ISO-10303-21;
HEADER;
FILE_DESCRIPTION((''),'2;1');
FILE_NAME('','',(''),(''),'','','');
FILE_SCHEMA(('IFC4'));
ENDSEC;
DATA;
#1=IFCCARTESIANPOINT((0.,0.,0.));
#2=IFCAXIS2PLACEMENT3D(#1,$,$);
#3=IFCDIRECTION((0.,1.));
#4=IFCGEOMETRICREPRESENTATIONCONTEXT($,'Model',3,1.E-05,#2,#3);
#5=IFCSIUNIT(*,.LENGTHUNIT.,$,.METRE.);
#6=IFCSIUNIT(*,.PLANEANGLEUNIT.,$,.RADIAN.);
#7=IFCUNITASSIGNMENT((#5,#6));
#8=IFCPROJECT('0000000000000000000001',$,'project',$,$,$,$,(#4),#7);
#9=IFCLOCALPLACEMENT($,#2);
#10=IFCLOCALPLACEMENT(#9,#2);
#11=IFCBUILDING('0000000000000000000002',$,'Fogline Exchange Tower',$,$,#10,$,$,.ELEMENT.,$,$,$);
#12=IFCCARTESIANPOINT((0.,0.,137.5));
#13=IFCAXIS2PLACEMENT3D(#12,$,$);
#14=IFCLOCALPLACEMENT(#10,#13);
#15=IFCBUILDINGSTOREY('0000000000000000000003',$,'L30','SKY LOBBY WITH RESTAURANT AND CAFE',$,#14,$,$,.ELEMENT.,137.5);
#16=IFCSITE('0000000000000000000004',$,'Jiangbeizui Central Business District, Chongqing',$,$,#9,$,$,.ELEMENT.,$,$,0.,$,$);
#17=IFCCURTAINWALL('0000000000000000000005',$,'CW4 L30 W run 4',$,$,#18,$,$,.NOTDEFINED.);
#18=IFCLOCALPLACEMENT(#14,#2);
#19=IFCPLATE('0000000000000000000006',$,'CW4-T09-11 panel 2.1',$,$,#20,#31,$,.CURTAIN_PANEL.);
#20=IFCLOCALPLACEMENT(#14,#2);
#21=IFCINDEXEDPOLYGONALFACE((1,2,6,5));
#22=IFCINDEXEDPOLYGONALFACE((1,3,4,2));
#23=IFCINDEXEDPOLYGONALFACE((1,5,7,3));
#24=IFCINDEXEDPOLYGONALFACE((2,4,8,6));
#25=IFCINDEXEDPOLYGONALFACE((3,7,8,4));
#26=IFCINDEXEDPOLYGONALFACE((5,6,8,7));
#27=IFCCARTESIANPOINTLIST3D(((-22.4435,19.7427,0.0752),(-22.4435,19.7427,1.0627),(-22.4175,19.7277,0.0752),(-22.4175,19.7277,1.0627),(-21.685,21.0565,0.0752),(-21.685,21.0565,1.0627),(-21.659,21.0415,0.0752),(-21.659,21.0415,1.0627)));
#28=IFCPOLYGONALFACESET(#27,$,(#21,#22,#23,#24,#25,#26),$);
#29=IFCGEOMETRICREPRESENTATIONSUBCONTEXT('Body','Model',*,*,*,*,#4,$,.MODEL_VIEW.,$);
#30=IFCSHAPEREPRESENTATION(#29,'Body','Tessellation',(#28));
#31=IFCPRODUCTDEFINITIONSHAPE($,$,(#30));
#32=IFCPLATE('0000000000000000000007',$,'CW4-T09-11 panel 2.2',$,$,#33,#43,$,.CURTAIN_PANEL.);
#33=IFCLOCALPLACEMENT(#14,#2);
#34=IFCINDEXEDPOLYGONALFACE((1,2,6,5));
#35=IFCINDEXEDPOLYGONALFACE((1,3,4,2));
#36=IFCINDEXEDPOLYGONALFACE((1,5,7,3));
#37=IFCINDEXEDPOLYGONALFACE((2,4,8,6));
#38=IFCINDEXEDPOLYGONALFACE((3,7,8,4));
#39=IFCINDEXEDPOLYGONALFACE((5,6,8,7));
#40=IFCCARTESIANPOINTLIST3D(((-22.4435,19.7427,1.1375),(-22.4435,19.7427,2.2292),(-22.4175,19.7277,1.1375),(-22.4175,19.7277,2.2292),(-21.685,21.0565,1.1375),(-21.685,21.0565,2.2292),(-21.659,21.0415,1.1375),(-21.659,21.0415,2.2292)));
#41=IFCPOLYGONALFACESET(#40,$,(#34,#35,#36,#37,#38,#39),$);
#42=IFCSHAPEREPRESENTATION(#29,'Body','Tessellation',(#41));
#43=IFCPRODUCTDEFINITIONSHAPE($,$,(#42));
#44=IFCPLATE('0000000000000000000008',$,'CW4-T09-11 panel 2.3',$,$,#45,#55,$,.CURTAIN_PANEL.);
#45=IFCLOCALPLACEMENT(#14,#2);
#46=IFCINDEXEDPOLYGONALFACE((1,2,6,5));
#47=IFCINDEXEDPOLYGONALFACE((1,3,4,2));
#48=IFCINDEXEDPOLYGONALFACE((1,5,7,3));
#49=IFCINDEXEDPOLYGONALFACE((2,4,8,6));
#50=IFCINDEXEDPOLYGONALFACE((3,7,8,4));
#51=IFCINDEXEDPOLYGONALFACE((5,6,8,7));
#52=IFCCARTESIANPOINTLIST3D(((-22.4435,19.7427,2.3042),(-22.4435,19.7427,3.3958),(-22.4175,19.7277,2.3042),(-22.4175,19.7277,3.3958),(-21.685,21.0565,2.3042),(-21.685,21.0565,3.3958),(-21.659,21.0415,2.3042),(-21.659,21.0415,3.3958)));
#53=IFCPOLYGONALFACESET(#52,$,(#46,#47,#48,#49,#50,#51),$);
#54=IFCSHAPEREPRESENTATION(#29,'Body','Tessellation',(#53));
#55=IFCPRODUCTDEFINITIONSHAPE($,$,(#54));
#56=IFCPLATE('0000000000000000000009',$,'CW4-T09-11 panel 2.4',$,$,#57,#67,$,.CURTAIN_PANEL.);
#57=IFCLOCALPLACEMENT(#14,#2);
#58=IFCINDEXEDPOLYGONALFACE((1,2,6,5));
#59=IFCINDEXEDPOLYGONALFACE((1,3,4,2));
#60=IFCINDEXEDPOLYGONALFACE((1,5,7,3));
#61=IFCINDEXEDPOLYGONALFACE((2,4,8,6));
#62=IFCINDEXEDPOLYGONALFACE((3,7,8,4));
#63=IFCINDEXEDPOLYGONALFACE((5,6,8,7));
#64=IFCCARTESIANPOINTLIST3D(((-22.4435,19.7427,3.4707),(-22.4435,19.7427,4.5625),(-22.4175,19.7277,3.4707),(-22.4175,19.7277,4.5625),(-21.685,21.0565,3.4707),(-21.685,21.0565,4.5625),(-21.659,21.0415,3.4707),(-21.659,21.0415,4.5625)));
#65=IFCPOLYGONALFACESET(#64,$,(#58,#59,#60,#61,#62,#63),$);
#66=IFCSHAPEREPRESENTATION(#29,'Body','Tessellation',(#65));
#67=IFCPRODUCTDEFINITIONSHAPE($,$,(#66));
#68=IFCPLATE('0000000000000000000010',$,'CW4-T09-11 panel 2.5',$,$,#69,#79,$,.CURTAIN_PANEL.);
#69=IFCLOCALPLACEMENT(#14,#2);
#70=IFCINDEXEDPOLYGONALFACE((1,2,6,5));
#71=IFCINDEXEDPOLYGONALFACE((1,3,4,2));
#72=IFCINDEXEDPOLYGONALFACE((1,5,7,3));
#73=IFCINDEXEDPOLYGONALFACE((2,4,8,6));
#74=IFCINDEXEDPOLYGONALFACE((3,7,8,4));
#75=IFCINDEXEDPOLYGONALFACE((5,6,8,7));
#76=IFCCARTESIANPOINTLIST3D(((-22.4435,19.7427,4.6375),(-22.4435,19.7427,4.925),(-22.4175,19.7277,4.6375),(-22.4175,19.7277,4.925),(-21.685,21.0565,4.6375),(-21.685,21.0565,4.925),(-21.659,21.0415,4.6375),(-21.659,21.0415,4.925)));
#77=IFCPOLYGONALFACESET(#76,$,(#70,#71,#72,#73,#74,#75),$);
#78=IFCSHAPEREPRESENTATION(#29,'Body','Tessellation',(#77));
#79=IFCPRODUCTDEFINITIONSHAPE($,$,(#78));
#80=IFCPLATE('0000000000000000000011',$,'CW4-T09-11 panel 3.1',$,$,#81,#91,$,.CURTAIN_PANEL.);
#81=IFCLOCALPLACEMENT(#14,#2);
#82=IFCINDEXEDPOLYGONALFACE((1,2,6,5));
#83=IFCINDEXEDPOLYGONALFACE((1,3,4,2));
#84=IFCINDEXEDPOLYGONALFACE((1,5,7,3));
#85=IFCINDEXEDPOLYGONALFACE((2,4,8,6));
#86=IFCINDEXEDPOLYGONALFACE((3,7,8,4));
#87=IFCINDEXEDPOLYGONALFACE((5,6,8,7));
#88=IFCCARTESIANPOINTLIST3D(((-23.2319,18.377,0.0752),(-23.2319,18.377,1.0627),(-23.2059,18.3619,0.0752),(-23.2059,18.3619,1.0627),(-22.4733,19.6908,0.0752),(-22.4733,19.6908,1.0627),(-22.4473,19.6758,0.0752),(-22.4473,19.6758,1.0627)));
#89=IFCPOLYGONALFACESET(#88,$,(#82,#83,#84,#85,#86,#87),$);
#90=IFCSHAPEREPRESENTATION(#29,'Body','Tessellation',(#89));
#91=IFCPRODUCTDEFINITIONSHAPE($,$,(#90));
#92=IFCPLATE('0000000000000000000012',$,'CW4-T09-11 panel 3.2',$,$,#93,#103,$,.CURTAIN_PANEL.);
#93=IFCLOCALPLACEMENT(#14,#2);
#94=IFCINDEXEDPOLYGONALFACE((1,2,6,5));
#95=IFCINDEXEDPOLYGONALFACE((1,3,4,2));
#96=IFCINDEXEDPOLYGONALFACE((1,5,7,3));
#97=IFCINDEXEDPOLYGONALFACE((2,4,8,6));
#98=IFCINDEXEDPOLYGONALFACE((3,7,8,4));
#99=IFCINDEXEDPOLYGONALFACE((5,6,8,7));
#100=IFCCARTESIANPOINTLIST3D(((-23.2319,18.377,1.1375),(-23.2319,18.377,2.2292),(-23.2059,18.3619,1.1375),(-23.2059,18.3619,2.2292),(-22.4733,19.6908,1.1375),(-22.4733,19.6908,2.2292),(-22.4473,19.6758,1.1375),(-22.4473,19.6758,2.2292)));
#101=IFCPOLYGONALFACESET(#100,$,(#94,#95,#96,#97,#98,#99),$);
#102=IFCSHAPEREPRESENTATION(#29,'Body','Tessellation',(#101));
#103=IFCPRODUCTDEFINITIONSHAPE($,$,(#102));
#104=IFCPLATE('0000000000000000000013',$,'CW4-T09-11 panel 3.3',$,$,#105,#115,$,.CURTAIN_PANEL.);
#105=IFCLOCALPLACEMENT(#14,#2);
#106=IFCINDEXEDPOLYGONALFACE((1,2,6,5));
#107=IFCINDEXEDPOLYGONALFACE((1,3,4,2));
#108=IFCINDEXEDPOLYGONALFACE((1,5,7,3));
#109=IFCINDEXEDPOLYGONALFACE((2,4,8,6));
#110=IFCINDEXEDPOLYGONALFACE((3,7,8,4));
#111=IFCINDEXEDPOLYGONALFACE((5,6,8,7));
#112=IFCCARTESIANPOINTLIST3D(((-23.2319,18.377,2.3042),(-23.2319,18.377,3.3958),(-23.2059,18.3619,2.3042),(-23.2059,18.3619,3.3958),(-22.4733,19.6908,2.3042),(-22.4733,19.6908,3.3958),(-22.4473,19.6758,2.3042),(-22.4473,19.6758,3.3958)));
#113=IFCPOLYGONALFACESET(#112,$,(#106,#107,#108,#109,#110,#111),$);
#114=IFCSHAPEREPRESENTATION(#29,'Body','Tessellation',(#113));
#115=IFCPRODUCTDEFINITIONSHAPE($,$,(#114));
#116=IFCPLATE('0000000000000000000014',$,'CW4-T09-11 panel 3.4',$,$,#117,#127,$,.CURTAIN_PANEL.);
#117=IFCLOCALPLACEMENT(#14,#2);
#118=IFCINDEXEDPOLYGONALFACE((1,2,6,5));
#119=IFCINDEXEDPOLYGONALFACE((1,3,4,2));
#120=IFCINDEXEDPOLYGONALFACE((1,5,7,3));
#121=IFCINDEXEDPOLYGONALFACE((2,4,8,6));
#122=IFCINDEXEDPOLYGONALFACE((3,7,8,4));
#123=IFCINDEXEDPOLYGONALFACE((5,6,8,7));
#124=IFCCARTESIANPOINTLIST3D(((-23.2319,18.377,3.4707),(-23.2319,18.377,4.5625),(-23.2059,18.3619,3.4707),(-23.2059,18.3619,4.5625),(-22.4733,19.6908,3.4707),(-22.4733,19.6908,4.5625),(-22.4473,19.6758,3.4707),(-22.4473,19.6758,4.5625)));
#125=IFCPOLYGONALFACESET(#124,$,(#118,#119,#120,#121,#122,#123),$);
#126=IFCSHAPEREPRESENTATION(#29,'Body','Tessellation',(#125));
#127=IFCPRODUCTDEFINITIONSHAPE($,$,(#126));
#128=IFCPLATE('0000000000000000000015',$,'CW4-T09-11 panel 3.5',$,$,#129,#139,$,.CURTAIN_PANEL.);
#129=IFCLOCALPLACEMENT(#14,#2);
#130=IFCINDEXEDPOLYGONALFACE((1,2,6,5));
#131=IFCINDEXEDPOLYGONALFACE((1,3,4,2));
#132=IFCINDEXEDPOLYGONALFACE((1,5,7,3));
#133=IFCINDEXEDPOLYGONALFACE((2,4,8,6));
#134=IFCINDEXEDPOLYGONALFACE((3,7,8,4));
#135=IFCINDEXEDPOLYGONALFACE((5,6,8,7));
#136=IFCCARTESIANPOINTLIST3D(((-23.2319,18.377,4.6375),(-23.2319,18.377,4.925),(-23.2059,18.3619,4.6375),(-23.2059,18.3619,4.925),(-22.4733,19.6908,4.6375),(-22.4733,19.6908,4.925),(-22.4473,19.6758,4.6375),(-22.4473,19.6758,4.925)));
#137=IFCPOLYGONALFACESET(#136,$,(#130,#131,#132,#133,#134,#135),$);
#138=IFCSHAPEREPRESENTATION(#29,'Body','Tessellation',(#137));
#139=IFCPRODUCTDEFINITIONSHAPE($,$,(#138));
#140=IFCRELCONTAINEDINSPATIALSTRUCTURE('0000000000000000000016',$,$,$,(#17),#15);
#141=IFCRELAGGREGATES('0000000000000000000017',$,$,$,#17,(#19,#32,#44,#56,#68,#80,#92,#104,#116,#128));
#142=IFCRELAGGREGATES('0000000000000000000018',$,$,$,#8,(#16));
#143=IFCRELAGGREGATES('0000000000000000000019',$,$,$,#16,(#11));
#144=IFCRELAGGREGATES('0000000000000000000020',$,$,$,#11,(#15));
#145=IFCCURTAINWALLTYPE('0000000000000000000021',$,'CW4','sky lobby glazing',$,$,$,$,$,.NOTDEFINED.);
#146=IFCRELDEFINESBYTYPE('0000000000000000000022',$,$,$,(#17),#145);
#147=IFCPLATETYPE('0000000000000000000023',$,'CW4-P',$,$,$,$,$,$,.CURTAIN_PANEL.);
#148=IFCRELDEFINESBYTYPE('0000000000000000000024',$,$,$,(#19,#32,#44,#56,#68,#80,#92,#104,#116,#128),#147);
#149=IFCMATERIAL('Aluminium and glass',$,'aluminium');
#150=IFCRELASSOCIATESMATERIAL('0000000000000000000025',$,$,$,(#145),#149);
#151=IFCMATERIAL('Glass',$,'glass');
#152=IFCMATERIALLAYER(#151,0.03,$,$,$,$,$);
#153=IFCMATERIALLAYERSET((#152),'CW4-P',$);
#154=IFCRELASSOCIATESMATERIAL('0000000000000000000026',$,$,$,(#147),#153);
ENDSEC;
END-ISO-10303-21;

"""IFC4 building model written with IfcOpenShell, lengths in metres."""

from ifc_helpers import new_model, si_unit, direction, frame, origin, origin_2d, place, context, subcontext, project, spatial, rectangle, extrude, material, layer, layer_set, type_object, element, aggregate, save


model = new_model("IFC4")

# Units and contexts
model_context = context("Model", 3, precision=1e-05, world=origin(), true_north=direction((0.0, 1.0)))
body_context = subcontext(model_context, "Body", "Model", "MODEL_VIEW")
ifc_project = project(units=[si_unit("LENGTHUNIT", "METRE"), si_unit("PLANEANGLEUNIT", "RADIAN")], contexts=[model_context])

# Site, building, storey
site_placement = place(None, origin())
site = spatial("IfcSite", under=ifc_project, at=site_placement, Name="Jiangbeizui Central Business District, Chongqing", CompositionType="ELEMENT", RefElevation=0.0)
building_placement = place(site_placement, origin())
building = spatial("IfcBuilding", under=site, at=building_placement, Name="Fogline Exchange Tower", CompositionType="ELEMENT")
storey_placement = place(building_placement, frame((0.0, 0.0, 137.5)))
storey = spatial("IfcBuildingStorey", under=building, at=storey_placement, Name="L30", Description="SKY LOBBY WITH RESTAURANT AND CAFE", CompositionType="ELEMENT", Elevation=137.5)

# Curtain wall, plates
ifc_material_1 = material(Name="Aluminium and glass", Category="aluminium")
curtain_wall_type = type_object("IfcCurtainWallType", Name="CW4", Description="sky lobby glazing", PredefinedType="NOTDEFINED", material=ifc_material_1)
curtain_wall_placement = place(storey_placement, origin())
curtain_wall = element("IfcCurtainWall", 1, at=curtain_wall_placement, inside=storey, type_object=curtain_wall_type, Name="CW4 L30 W run 4", PredefinedType="NOTDEFINED")
ifc_material_2 = material(Name="Glass", Category="glass")
ifc_layer = layer(ifc_material_2, 0.03)
ifc_layer_set = layer_set([ifc_layer], Name="CW4-P")
plate_type = type_object("IfcPlateType", Name="CW4-P", PredefinedType="CURTAIN_PANEL", material=ifc_layer_set)
plate_1_placement = place(storey_placement, frame((-22.0513, 20.3921, 0.0752), z_axis=(0.0, 0.0, 1.0), x_axis=(-0.5, -0.866025, 0.0)))
plate_1 = element("IfcPlate", 2, at=plate_1_placement, type_object=plate_type, Name="CW4-T09-11 panel 2.1", PredefinedType="CURTAIN_PANEL", context=body_context, shape_type="SweptSolid", body=[
    extrude(rectangle(XDim=1.5171, YDim=0.03, at=origin_2d()), origin(), (0.0, 0.0, 1.0), 0.9875),
])
plate_2_placement = place(storey_placement, frame((-22.0513, 20.3921, 1.1375), z_axis=(0.0, 0.0, 1.0), x_axis=(-0.5, -0.866025, 0.0)))
plate_2 = element("IfcPlate", 3, at=plate_2_placement, type_object=plate_type, Name="CW4-T09-11 panel 2.2", PredefinedType="CURTAIN_PANEL", context=body_context, shape_type="SweptSolid", body=[
    extrude(rectangle(XDim=1.5171, YDim=0.03, at=origin_2d()), origin(), (0.0, 0.0, 1.0), 1.0918),
])
plate_3_placement = place(storey_placement, frame((-22.0513, 20.3921, 2.3042), z_axis=(0.0, 0.0, 1.0), x_axis=(-0.5, -0.866025, 0.0)))
plate_3 = element("IfcPlate", 4, at=plate_3_placement, type_object=plate_type, Name="CW4-T09-11 panel 2.3", PredefinedType="CURTAIN_PANEL", context=body_context, shape_type="SweptSolid", body=[
    extrude(rectangle(XDim=1.5171, YDim=0.03, at=origin_2d()), origin(), (0.0, 0.0, 1.0), 1.0916),
])
plate_4_placement = place(storey_placement, frame((-22.0513, 20.3921, 3.4707), z_axis=(0.0, 0.0, 1.0), x_axis=(-0.5, -0.866025, 0.0)))
plate_4 = element("IfcPlate", 5, at=plate_4_placement, type_object=plate_type, Name="CW4-T09-11 panel 2.4", PredefinedType="CURTAIN_PANEL", context=body_context, shape_type="SweptSolid", body=[
    extrude(rectangle(XDim=1.5171, YDim=0.03, at=origin_2d()), origin(), (0.0, 0.0, 1.0), 1.0918),
])
plate_5_placement = place(storey_placement, frame((-22.0513, 20.3921, 4.6375), z_axis=(0.0, 0.0, 1.0), x_axis=(-0.5, -0.866025, 0.0)))
plate_5 = element("IfcPlate", 6, at=plate_5_placement, type_object=plate_type, Name="CW4-T09-11 panel 2.5", PredefinedType="CURTAIN_PANEL", context=body_context, shape_type="SweptSolid", body=[
    extrude(rectangle(XDim=1.5171, YDim=0.03, at=origin_2d()), origin(), (0.0, 0.0, 1.0), 0.2876),
])
plate_6_placement = place(storey_placement, frame((-22.8396, 19.0264, 0.0752), z_axis=(0.0, 0.0, 1.0), x_axis=(-0.5, -0.866025, 0.0)))
plate_6 = element("IfcPlate", 7, at=plate_6_placement, type_object=plate_type, Name="CW4-T09-11 panel 3.1", PredefinedType="CURTAIN_PANEL", context=body_context, shape_type="SweptSolid", body=[
    extrude(rectangle(XDim=1.5171, YDim=0.03, at=origin_2d()), origin(), (0.0, 0.0, 1.0), 0.9875),
])
plate_7_placement = place(storey_placement, frame((-22.8396, 19.0264, 1.1375), z_axis=(0.0, 0.0, 1.0), x_axis=(-0.5, -0.866025, 0.0)))
plate_7 = element("IfcPlate", 8, at=plate_7_placement, type_object=plate_type, Name="CW4-T09-11 panel 3.2", PredefinedType="CURTAIN_PANEL", context=body_context, shape_type="SweptSolid", body=[
    extrude(rectangle(XDim=1.5171, YDim=0.03, at=origin_2d()), origin(), (0.0, 0.0, 1.0), 1.0918),
])
plate_8_placement = place(storey_placement, frame((-22.8396, 19.0264, 2.3042), z_axis=(0.0, 0.0, 1.0), x_axis=(-0.5, -0.866025, 0.0)))
plate_8 = element("IfcPlate", 9, at=plate_8_placement, type_object=plate_type, Name="CW4-T09-11 panel 3.3", PredefinedType="CURTAIN_PANEL", context=body_context, shape_type="SweptSolid", body=[
    extrude(rectangle(XDim=1.5171, YDim=0.03, at=origin_2d()), origin(), (0.0, 0.0, 1.0), 1.0916),
])
plate_9_placement = place(storey_placement, frame((-22.8396, 19.0264, 3.4707), z_axis=(0.0, 0.0, 1.0), x_axis=(-0.5, -0.866025, 0.0)))
plate_9 = element("IfcPlate", 10, at=plate_9_placement, type_object=plate_type, Name="CW4-T09-11 panel 3.4", PredefinedType="CURTAIN_PANEL", context=body_context, shape_type="SweptSolid", body=[
    extrude(rectangle(XDim=1.5171, YDim=0.03, at=origin_2d()), origin(), (0.0, 0.0, 1.0), 1.0918),
])
plate_10_placement = place(storey_placement, frame((-22.8396, 19.0264, 4.6375), z_axis=(0.0, 0.0, 1.0), x_axis=(-0.5, -0.866025, 0.0)))
plate_10 = element("IfcPlate", 11, at=plate_10_placement, type_object=plate_type, Name="CW4-T09-11 panel 3.5", PredefinedType="CURTAIN_PANEL", context=body_context, shape_type="SweptSolid", body=[
    extrude(rectangle(XDim=1.5171, YDim=0.03, at=origin_2d()), origin(), (0.0, 0.0, 1.0), 0.2876),
])
aggregate(curtain_wall, [plate_1, plate_2, plate_3, plate_4, plate_5, plate_6, plate_7, plate_8, plate_9, plate_10])

save(model, "model.ifc")
